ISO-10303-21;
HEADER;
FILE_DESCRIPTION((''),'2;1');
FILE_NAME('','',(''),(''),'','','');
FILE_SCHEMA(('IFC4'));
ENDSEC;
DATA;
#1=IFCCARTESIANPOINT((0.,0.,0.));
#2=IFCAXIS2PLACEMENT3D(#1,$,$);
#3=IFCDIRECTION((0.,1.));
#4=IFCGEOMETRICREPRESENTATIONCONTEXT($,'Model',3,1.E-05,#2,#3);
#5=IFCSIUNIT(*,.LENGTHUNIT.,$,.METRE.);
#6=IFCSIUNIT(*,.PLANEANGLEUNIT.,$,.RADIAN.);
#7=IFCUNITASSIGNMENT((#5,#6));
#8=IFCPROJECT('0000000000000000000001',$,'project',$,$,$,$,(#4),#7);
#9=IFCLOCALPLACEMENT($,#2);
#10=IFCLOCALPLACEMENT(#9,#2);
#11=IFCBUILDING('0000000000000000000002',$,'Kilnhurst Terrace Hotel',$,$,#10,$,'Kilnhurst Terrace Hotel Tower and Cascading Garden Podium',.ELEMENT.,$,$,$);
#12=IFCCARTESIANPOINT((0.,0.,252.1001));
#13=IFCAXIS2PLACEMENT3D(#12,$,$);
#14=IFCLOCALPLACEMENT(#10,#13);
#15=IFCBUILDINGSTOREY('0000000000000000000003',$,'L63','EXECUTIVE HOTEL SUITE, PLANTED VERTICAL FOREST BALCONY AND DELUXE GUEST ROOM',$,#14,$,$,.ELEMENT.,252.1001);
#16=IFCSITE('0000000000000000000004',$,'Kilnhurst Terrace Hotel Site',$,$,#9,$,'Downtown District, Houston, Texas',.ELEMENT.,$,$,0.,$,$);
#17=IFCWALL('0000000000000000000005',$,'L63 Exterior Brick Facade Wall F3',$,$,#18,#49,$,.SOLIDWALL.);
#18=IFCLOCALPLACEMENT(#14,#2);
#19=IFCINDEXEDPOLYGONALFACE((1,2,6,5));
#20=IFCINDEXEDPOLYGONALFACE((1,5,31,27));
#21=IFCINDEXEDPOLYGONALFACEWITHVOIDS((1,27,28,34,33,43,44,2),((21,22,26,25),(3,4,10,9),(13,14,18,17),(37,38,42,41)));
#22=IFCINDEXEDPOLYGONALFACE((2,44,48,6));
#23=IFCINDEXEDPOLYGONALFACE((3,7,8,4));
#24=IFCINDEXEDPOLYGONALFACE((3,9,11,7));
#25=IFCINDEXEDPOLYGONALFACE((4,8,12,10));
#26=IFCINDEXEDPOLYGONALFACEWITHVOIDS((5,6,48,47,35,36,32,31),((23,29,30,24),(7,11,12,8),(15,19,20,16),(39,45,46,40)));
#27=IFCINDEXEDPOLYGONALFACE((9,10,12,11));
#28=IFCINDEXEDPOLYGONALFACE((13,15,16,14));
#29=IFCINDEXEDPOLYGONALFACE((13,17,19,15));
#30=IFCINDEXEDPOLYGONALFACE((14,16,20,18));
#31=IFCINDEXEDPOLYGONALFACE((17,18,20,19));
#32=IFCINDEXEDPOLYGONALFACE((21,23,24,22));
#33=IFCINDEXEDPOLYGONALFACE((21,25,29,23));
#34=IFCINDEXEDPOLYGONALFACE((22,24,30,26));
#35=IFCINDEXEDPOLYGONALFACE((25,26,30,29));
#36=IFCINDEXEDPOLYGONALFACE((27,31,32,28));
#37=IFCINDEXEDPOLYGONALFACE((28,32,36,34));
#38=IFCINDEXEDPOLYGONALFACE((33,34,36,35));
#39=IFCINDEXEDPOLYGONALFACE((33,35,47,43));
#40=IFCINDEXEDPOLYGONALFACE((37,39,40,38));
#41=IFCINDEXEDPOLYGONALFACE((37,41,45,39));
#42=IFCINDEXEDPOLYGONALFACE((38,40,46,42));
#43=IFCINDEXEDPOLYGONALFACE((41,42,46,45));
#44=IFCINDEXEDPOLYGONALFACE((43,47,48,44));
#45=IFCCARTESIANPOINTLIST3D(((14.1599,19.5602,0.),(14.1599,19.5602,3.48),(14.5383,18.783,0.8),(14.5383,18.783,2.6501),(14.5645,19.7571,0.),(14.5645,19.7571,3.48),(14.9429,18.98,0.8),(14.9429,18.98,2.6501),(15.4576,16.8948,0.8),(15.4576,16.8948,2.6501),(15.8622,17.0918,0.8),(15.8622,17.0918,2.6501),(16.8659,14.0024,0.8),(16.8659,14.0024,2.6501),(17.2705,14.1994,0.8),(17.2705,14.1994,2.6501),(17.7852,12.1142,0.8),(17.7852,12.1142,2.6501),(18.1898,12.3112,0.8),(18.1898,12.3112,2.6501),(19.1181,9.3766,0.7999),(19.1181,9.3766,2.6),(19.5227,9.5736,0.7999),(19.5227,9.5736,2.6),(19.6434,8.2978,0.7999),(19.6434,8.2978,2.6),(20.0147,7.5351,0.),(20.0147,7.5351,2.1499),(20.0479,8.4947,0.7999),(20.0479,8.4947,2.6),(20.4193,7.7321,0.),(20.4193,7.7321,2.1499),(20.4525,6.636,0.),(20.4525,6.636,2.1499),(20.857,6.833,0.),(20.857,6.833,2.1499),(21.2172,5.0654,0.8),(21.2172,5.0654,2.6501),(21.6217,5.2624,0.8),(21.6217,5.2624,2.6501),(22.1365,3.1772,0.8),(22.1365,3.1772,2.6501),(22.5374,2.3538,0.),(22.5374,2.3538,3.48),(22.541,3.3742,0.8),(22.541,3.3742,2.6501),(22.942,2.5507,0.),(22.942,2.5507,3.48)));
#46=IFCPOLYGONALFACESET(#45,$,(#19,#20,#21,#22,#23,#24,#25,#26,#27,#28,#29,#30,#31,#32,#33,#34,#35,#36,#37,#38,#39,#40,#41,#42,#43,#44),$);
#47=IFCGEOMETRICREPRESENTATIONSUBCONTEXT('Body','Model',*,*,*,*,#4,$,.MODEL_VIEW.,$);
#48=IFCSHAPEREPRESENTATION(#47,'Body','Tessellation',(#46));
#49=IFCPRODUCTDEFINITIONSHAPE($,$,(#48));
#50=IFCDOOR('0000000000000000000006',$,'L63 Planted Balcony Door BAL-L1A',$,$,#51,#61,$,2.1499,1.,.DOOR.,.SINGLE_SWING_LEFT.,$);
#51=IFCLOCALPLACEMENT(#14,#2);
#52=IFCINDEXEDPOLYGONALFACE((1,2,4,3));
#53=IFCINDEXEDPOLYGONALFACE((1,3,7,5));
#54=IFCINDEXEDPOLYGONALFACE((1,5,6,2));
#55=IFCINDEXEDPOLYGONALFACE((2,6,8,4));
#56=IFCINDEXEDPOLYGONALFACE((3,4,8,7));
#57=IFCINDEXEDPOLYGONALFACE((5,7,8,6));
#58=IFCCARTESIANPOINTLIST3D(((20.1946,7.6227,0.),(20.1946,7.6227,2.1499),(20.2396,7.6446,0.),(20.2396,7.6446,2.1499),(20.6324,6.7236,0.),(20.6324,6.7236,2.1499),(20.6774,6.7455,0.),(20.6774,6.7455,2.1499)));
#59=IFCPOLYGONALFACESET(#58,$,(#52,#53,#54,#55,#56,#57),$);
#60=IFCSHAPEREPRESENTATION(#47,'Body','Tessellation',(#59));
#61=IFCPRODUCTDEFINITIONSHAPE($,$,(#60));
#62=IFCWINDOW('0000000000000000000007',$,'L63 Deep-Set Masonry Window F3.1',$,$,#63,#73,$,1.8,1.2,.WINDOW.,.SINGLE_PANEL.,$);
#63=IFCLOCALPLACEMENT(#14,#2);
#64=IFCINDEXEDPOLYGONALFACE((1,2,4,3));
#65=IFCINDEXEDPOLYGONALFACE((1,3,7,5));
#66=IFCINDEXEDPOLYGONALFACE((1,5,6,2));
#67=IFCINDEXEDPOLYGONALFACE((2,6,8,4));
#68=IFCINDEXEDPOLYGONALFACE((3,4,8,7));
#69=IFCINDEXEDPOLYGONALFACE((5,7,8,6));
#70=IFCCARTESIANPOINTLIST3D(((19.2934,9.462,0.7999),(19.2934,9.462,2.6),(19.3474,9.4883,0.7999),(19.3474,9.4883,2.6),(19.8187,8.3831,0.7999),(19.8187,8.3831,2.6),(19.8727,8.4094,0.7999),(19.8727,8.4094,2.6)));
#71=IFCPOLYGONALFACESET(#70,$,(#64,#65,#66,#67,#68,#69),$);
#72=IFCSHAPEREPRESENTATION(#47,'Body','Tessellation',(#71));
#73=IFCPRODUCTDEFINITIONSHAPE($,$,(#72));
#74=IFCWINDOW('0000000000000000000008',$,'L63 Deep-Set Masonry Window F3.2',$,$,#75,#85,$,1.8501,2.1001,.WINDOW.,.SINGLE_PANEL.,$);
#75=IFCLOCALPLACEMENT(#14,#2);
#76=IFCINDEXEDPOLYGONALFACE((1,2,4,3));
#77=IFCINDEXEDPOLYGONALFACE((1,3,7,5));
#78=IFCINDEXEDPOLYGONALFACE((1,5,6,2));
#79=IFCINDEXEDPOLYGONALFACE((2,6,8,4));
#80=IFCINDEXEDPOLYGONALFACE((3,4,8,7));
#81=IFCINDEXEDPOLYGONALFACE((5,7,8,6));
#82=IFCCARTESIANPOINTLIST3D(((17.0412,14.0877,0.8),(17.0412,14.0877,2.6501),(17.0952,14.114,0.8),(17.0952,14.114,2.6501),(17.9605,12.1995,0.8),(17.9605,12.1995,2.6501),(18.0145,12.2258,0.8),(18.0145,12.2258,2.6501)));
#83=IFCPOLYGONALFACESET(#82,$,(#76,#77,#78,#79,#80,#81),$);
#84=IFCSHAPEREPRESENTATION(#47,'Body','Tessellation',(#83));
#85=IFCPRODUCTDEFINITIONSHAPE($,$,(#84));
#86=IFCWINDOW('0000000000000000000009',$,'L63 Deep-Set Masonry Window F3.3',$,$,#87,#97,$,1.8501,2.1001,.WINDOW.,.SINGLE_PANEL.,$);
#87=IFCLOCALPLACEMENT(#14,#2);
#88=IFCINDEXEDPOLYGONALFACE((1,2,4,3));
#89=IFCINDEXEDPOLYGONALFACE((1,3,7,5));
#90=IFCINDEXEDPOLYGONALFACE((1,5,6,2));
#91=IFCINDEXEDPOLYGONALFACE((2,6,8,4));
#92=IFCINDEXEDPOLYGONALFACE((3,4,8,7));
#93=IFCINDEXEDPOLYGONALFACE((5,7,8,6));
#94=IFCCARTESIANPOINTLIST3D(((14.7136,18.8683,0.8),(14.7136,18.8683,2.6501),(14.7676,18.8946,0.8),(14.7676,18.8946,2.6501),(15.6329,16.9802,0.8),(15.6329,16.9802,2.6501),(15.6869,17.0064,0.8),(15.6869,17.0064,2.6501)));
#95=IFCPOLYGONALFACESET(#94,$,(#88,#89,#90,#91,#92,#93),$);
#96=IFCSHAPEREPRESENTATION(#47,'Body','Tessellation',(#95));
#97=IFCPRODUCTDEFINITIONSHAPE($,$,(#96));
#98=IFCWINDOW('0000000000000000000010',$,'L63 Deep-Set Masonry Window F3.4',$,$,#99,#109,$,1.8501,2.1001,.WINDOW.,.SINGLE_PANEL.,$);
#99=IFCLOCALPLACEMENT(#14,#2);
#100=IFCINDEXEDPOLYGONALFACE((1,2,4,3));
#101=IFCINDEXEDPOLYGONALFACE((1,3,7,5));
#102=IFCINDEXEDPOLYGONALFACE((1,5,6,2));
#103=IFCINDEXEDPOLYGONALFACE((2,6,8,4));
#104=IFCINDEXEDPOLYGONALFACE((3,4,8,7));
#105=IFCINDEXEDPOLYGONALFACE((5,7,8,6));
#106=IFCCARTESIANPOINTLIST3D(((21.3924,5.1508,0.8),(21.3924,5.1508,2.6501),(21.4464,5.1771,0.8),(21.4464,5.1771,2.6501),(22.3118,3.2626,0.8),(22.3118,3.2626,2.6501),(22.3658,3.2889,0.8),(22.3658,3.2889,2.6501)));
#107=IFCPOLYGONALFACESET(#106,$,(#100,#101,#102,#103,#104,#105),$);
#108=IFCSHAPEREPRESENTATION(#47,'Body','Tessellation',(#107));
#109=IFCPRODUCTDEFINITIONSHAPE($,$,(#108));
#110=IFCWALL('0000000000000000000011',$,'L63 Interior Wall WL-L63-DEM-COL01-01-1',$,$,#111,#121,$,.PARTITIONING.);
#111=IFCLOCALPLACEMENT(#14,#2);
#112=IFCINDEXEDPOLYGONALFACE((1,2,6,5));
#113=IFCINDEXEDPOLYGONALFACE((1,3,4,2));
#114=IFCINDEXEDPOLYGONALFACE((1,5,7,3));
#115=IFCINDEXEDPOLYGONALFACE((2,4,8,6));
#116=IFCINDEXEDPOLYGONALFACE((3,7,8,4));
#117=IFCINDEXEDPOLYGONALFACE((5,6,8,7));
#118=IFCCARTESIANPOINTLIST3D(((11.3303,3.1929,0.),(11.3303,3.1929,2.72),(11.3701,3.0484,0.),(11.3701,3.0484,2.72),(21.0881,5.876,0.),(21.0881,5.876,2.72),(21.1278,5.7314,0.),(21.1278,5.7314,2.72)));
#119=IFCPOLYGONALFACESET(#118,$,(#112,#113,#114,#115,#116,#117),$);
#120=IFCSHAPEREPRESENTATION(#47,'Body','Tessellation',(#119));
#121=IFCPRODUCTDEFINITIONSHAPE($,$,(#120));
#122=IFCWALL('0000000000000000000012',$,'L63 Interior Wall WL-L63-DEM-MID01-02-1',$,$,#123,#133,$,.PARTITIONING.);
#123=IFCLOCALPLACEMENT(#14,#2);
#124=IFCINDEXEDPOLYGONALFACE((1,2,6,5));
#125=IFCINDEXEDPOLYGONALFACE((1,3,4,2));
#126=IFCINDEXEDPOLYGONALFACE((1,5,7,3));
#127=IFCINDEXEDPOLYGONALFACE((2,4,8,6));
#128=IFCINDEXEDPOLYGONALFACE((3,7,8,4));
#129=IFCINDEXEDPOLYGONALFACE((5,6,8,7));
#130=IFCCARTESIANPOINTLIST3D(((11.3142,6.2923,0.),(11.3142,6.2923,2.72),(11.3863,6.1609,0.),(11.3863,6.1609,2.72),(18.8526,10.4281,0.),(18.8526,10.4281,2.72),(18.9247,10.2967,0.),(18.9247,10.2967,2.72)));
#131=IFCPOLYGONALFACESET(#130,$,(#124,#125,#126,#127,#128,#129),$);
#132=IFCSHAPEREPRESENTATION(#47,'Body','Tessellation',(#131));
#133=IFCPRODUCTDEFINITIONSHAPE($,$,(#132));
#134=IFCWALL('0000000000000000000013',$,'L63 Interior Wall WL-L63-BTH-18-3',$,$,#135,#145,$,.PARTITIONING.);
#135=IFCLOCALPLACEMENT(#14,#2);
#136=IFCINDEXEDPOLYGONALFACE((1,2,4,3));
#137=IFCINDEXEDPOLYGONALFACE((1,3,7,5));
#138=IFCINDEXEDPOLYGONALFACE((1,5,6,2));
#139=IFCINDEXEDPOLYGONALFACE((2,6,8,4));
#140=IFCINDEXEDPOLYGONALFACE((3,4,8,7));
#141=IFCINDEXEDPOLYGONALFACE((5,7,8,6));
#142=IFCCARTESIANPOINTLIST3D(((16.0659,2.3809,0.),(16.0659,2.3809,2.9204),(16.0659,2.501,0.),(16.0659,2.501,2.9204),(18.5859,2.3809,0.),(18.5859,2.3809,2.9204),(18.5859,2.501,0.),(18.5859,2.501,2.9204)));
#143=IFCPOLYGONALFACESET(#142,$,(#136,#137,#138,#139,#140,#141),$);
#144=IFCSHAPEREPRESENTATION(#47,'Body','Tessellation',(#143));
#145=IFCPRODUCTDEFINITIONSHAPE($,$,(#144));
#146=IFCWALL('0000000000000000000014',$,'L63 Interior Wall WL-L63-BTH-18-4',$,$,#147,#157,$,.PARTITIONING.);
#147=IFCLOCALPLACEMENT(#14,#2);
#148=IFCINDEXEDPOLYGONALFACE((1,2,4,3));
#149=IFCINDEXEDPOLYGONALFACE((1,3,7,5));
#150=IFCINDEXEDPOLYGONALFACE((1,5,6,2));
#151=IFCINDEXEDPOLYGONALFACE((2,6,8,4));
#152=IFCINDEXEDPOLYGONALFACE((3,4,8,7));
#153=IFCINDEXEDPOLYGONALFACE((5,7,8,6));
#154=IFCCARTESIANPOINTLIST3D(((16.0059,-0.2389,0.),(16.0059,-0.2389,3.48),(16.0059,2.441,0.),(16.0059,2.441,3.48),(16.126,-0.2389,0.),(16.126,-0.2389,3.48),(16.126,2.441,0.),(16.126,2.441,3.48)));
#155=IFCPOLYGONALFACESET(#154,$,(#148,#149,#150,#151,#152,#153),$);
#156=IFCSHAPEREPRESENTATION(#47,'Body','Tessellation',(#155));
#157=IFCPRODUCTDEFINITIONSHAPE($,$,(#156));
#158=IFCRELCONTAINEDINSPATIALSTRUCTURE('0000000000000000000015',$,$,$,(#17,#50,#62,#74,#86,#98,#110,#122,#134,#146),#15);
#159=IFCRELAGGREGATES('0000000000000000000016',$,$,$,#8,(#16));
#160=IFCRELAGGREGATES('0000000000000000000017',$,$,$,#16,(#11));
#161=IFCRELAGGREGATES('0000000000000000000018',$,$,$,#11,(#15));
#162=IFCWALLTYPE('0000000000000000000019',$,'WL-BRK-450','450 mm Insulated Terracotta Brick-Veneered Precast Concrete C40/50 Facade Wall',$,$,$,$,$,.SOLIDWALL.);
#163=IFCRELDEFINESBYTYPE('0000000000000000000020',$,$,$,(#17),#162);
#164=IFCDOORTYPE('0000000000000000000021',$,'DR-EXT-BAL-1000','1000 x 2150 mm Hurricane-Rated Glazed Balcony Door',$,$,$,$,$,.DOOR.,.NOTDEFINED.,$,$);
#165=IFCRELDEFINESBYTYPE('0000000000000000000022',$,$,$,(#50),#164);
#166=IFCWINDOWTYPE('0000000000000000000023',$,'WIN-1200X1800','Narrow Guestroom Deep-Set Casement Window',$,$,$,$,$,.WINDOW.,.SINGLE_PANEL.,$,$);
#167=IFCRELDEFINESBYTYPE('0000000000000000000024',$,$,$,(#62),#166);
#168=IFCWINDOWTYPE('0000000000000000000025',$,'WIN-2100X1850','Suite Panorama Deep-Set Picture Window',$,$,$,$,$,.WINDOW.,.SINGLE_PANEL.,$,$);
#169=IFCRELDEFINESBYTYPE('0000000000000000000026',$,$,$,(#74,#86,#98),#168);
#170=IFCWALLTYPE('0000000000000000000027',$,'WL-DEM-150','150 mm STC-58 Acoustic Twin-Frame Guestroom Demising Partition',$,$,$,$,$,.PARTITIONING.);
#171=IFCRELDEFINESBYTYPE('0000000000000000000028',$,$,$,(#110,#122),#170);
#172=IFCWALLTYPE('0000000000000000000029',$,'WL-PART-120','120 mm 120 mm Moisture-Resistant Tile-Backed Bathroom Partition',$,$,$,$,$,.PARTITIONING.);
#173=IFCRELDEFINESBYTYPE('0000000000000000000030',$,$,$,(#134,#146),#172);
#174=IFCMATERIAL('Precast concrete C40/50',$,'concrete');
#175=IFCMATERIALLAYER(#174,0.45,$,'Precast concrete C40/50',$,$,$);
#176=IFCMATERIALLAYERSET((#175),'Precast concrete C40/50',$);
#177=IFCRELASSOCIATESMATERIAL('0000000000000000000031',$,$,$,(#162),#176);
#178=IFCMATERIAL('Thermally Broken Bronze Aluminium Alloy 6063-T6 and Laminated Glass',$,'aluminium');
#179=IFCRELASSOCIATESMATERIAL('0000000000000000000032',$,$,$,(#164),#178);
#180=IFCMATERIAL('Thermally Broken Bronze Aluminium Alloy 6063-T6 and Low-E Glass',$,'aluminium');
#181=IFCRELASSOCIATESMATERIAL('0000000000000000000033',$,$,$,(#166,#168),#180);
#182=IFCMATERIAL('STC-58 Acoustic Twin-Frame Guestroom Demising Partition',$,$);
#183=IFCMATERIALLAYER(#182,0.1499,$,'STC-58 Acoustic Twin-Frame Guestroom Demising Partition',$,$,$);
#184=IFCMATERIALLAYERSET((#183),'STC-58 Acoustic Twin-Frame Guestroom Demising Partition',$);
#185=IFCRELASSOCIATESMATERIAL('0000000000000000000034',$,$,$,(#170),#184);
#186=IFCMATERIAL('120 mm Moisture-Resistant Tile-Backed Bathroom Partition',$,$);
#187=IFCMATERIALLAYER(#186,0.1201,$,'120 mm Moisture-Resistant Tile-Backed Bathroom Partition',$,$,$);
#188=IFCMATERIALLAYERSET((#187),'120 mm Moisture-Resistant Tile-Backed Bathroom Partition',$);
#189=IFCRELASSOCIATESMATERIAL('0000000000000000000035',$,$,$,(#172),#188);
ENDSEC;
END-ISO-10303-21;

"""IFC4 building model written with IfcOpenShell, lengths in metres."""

from ifc_helpers import new_model, si_unit, direction, frame, frame_2d, origin, place, context, subcontext, project, spatial, rectangle, extrude, material, layer, layer_set, type_object, element, fill, save


model = new_model("IFC4")

# Units and contexts
model_context = context("Model", 3, precision=1e-05, world=origin(), true_north=direction((0.0, 1.0)))
body_context = subcontext(model_context, "Body", "Model", "MODEL_VIEW")
ifc_project = project(units=[si_unit("LENGTHUNIT", "METRE"), si_unit("PLANEANGLEUNIT", "RADIAN")], contexts=[model_context])

# Site, building, storey
site_placement = place(None, origin())
site = spatial("IfcSite", under=ifc_project, at=site_placement, Name="Kilnhurst Terrace Hotel Site", LongName="Downtown District, Houston, Texas", CompositionType="ELEMENT", RefElevation=0.0)
building_placement = place(site_placement, origin())
building = spatial("IfcBuilding", under=site, at=building_placement, Name="Kilnhurst Terrace Hotel", LongName="Kilnhurst Terrace Hotel Tower and Cascading Garden Podium", CompositionType="ELEMENT")
storey_placement = place(building_placement, frame((0.0, 0.0, 252.1001)))
storey = spatial("IfcBuildingStorey", under=building, at=storey_placement, Name="L63", Description="EXECUTIVE HOTEL SUITE, PLANTED VERTICAL FOREST BALCONY AND DELUXE GUEST ROOM", CompositionType="ELEMENT", Elevation=252.1001)

# Shared definitions
ifc_material_1 = material(Name="Precast concrete C40/50", Category="concrete")
ifc_layer_1 = layer(ifc_material_1, 0.45, Name="Precast concrete C40/50")
ifc_layer_set_1 = layer_set([ifc_layer_1], Name="Precast concrete C40/50")
wall_type_1 = type_object("IfcWallType", Name="WL-BRK-450", Description="450 mm Insulated Terracotta Brick-Veneered Precast Concrete C40/50 Facade Wall", PredefinedType="SOLIDWALL", material=ifc_layer_set_1)

# Wall, openings, door, windows
wall_1_placement = place(storey_placement, frame((22.7397, 2.4521, 0.0), z_axis=(0.0, 0.0, 1.0), x_axis=(-0.437753, 0.899095, 0.0)))
wall_1 = element("IfcWall", 1, at=wall_1_placement, inside=storey, type_object=wall_type_1, Name="L63 Exterior Brick Facade Wall F3", PredefinedType="SOLIDWALL", context=body_context, shape_type="SweptSolid", body=[
    extrude(rectangle(XDim=19.1375, YDim=0.45, at=frame_2d((9.5688, 0.0))), origin(), (0.0, 0.0, 1.0), 3.48),
])
opening_1_placement = place(wall_1_placement, frame((4.7629, 0.0, 0.0)))
opening_1 = element("IfcOpeningElement", 2, at=opening_1_placement, cuts=wall_1, PredefinedType="OPENING", context=body_context, shape_type="SweptSolid", body=[
    extrude(rectangle(XDim=1.0, YDim=2.1499, at=frame_2d((0.5, 1.075))), frame((0.0, 0.2349, 0.0), z_axis=(0.0, -1.0, 0.0), x_axis=(1.0, 0.0, 0.0)), (0.0, 0.0, 1.0), 0.47),
])
opening_2_placement = place(wall_1_placement, frame((6.6111, 0.0, 0.8)))
opening_2 = element("IfcOpeningElement", 3, at=opening_2_placement, cuts=wall_1, PredefinedType="OPENING", context=body_context, shape_type="SweptSolid", body=[
    extrude(rectangle(XDim=1.2, YDim=1.8, at=frame_2d((0.6001, 0.8999))), frame((0.0, 0.2349, 0.0), z_axis=(0.0, -1.0, 0.0), x_axis=(1.0, 0.0, 0.0)), (0.0, 0.0, 1.0), 0.47),
])
opening_3_placement = place(wall_1_placement, frame((10.856, 0.0, 0.8)))
opening_3 = element("IfcOpeningElement", 4, at=opening_3_placement, cuts=wall_1, PredefinedType="OPENING", context=body_context, shape_type="SweptSolid", body=[
    extrude(rectangle(XDim=2.1001, YDim=1.8501, at=frame_2d((1.05, 0.925))), frame((0.0, 0.2349, 0.0), z_axis=(0.0, -1.0, 0.0), x_axis=(1.0, 0.0, 0.0)), (0.0, 0.0, 1.0), 0.47),
])
opening_4_placement = place(wall_1_placement, frame((16.1731, 0.0, 0.8)))
opening_4 = element("IfcOpeningElement", 5, at=opening_4_placement, cuts=wall_1, PredefinedType="OPENING", context=body_context, shape_type="SweptSolid", body=[
    extrude(rectangle(XDim=2.1001, YDim=1.8501, at=frame_2d((1.05, 0.925))), frame((0.0, 0.2349, 0.0), z_axis=(0.0, -1.0, 0.0), x_axis=(1.0, 0.0, 0.0)), (0.0, 0.0, 1.0), 0.47),
])
opening_5_placement = place(wall_1_placement, frame((0.916, 0.0, 0.8)))
opening_5 = element("IfcOpeningElement", 6, at=opening_5_placement, cuts=wall_1, PredefinedType="OPENING", context=body_context, shape_type="SweptSolid", body=[
    extrude(rectangle(XDim=2.1001, YDim=1.8501, at=frame_2d((1.05, 0.925))), frame((0.0, 0.2349, 0.0), z_axis=(0.0, -1.0, 0.0), x_axis=(1.0, 0.0, 0.0)), (0.0, 0.0, 1.0), 0.47),
])
ifc_material_2 = material(Name="Thermally Broken Bronze Aluminium Alloy 6063-T6 and Laminated Glass", Category="aluminium")
door_type = type_object("IfcDoorType", Name="DR-EXT-BAL-1000", Description="1000 x 2150 mm Hurricane-Rated Glazed Balcony Door", OperationType="NOTDEFINED", PredefinedType="DOOR", material=ifc_material_2)
door_placement = place(opening_1_placement, origin())
door = element("IfcDoor", 7, at=door_placement, inside=storey, type_object=door_type, Name="L63 Planted Balcony Door BAL-L1A", OperationType="SINGLE_SWING_LEFT", OverallHeight=2.1499, OverallWidth=1.0, PredefinedType="DOOR", context=body_context, shape_type="SweptSolid", body=[
    extrude(rectangle(XDim=1.0, YDim=2.1499, at=frame_2d((0.5, 1.075))), frame((0.0, 0.0249, 0.0), z_axis=(0.0, -1.0, 0.0), x_axis=(1.0, 0.0, 0.0)), (0.0, 0.0, 1.0), 0.05),
])
fill(opening_1, door)
ifc_material_3 = material(Name="Thermally Broken Bronze Aluminium Alloy 6063-T6 and Low-E Glass", Category="aluminium")
window_type_1 = type_object("IfcWindowType", Name="WIN-1200X1800", Description="Narrow Guestroom Deep-Set Casement Window", PartitioningType="SINGLE_PANEL", PredefinedType="WINDOW", material=ifc_material_3)
window_1_placement = place(opening_2_placement, origin())
window_1 = element("IfcWindow", 8, at=window_1_placement, inside=storey, type_object=window_type_1, Name="L63 Deep-Set Masonry Window F3.1", OverallHeight=1.8, OverallWidth=1.2, PartitioningType="SINGLE_PANEL", PredefinedType="WINDOW", context=body_context, shape_type="SweptSolid", body=[
    extrude(rectangle(XDim=1.2, YDim=1.8, at=frame_2d((0.6001, 0.8999))), frame((0.0, 0.03, 0.0), z_axis=(0.0, -1.0, 0.0), x_axis=(1.0, 0.0, 0.0)), (0.0, 0.0, 1.0), 0.0601),
])
fill(opening_2, window_1)
window_type_2 = type_object("IfcWindowType", Name="WIN-2100X1850", Description="Suite Panorama Deep-Set Picture Window", PartitioningType="SINGLE_PANEL", PredefinedType="WINDOW", material=ifc_material_3)
window_2_placement = place(opening_3_placement, origin())
window_2 = element("IfcWindow", 9, at=window_2_placement, inside=storey, type_object=window_type_2, Name="L63 Deep-Set Masonry Window F3.2", OverallHeight=1.8501, OverallWidth=2.1001, PartitioningType="SINGLE_PANEL", PredefinedType="WINDOW", context=body_context, shape_type="SweptSolid", body=[
    extrude(rectangle(XDim=2.1001, YDim=1.8501, at=frame_2d((1.05, 0.925))), frame((0.0, 0.03, 0.0), z_axis=(0.0, -1.0, 0.0), x_axis=(1.0, 0.0, 0.0)), (0.0, 0.0, 1.0), 0.0601),
])
fill(opening_3, window_2)
window_3_placement = place(opening_4_placement, origin())
window_3 = element("IfcWindow", 10, at=window_3_placement, inside=storey, type_object=window_type_2, Name="L63 Deep-Set Masonry Window F3.3", OverallHeight=1.8501, OverallWidth=2.1001, PartitioningType="SINGLE_PANEL", PredefinedType="WINDOW", context=body_context, shape_type="SweptSolid", body=[
    extrude(rectangle(XDim=2.1001, YDim=1.8501, at=frame_2d((1.05, 0.925))), frame((0.0, 0.03, 0.0), z_axis=(0.0, -1.0, 0.0), x_axis=(1.0, 0.0, 0.0)), (0.0, 0.0, 1.0), 0.0601),
])
fill(opening_4, window_3)
window_4_placement = place(opening_5_placement, origin())
window_4 = element("IfcWindow", 11, at=window_4_placement, inside=storey, type_object=window_type_2, Name="L63 Deep-Set Masonry Window F3.4", OverallHeight=1.8501, OverallWidth=2.1001, PartitioningType="SINGLE_PANEL", PredefinedType="WINDOW", context=body_context, shape_type="SweptSolid", body=[
    extrude(rectangle(XDim=2.1001, YDim=1.8501, at=frame_2d((1.05, 0.925))), frame((0.0, 0.03, 0.0), z_axis=(0.0, -1.0, 0.0), x_axis=(1.0, 0.0, 0.0)), (0.0, 0.0, 1.0), 0.0601),
])
fill(opening_5, window_4)

# Walls
ifc_material_4 = material(Name="STC-58 Acoustic Twin-Frame Guestroom Demising Partition")
ifc_layer_2 = layer(ifc_material_4, 0.1499, Name="STC-58 Acoustic Twin-Frame Guestroom Demising Partition")
ifc_layer_set_2 = layer_set([ifc_layer_2], Name="STC-58 Acoustic Twin-Frame Guestroom Demising Partition")
wall_type_2 = type_object("IfcWallType", Name="WL-DEM-150", Description="150 mm STC-58 Acoustic Twin-Frame Guestroom Demising Partition", PredefinedType="PARTITIONING", material=ifc_layer_set_2)
wall_2_placement = place(storey_placement, frame((11.3501, 3.1206, 0.0), z_axis=(0.0, 0.0, 1.0), x_axis=(0.964213, 0.26513, 0.0)))
element("IfcWall", 12, at=wall_2_placement, inside=storey, type_object=wall_type_2, Name="L63 Interior Wall WL-L63-DEM-COL01-01-1", PredefinedType="PARTITIONING", context=body_context, shape_type="SweptSolid", body=[
    extrude(rectangle(XDim=10.1199, YDim=0.1499, at=frame_2d((5.0601, 0.0))), origin(), (0.0, 0.0, 1.0), 2.72),
])
wall_3_placement = place(storey_placement, frame((11.3501, 6.2266, 0.0), z_axis=(0.0, 0.0, 1.0), x_axis=(0.876723, 0.480995, 0.0)))
element("IfcWall", 13, at=wall_3_placement, inside=storey, type_object=wall_type_2, Name="L63 Interior Wall WL-L63-DEM-MID01-02-1", PredefinedType="PARTITIONING", context=body_context, shape_type="SweptSolid", body=[
    extrude(rectangle(XDim=8.5984, YDim=0.1499, at=frame_2d((4.2993, 0.0))), origin(), (0.0, 0.0, 1.0), 2.72),
])
ifc_material_5 = material(Name="120 mm Moisture-Resistant Tile-Backed Bathroom Partition")
ifc_layer_3 = layer(ifc_material_5, 0.1201, Name="120 mm Moisture-Resistant Tile-Backed Bathroom Partition")
ifc_layer_set_3 = layer_set([ifc_layer_3], Name="120 mm Moisture-Resistant Tile-Backed Bathroom Partition")
wall_type_3 = type_object("IfcWallType", Name="WL-PART-120", Description="120 mm 120 mm Moisture-Resistant Tile-Backed Bathroom Partition", PredefinedType="PARTITIONING", material=ifc_layer_set_3)
wall_4_placement = place(storey_placement, frame((18.5859, 2.4409, 0.0), z_axis=(0.0, 0.0, 1.0), x_axis=(-1.0, 0.0, 0.0)))
element("IfcWall", 14, at=wall_4_placement, inside=storey, type_object=wall_type_3, Name="L63 Interior Wall WL-L63-BTH-18-3", PredefinedType="PARTITIONING", context=body_context, shape_type="SweptSolid", body=[
    extrude(rectangle(XDim=2.52, YDim=0.1201, at=frame_2d((1.26, 0.0))), origin(), (0.0, 0.0, 1.0), 2.9204),
])
wall_5_placement = place(storey_placement, frame((16.0659, 2.4409, 0.0), z_axis=(0.0, 0.0, 1.0), x_axis=(0.0, -1.0, 0.0)))
element("IfcWall", 15, at=wall_5_placement, inside=storey, type_object=wall_type_3, Name="L63 Interior Wall WL-L63-BTH-18-4", PredefinedType="PARTITIONING", context=body_context, shape_type="SweptSolid", body=[
    extrude(rectangle(XDim=2.6799, YDim=0.1201, at=frame_2d((1.3398, 0.0))), origin(), (0.0, 0.0, 1.0), 3.48),
])

save(model, "model.ifc")
